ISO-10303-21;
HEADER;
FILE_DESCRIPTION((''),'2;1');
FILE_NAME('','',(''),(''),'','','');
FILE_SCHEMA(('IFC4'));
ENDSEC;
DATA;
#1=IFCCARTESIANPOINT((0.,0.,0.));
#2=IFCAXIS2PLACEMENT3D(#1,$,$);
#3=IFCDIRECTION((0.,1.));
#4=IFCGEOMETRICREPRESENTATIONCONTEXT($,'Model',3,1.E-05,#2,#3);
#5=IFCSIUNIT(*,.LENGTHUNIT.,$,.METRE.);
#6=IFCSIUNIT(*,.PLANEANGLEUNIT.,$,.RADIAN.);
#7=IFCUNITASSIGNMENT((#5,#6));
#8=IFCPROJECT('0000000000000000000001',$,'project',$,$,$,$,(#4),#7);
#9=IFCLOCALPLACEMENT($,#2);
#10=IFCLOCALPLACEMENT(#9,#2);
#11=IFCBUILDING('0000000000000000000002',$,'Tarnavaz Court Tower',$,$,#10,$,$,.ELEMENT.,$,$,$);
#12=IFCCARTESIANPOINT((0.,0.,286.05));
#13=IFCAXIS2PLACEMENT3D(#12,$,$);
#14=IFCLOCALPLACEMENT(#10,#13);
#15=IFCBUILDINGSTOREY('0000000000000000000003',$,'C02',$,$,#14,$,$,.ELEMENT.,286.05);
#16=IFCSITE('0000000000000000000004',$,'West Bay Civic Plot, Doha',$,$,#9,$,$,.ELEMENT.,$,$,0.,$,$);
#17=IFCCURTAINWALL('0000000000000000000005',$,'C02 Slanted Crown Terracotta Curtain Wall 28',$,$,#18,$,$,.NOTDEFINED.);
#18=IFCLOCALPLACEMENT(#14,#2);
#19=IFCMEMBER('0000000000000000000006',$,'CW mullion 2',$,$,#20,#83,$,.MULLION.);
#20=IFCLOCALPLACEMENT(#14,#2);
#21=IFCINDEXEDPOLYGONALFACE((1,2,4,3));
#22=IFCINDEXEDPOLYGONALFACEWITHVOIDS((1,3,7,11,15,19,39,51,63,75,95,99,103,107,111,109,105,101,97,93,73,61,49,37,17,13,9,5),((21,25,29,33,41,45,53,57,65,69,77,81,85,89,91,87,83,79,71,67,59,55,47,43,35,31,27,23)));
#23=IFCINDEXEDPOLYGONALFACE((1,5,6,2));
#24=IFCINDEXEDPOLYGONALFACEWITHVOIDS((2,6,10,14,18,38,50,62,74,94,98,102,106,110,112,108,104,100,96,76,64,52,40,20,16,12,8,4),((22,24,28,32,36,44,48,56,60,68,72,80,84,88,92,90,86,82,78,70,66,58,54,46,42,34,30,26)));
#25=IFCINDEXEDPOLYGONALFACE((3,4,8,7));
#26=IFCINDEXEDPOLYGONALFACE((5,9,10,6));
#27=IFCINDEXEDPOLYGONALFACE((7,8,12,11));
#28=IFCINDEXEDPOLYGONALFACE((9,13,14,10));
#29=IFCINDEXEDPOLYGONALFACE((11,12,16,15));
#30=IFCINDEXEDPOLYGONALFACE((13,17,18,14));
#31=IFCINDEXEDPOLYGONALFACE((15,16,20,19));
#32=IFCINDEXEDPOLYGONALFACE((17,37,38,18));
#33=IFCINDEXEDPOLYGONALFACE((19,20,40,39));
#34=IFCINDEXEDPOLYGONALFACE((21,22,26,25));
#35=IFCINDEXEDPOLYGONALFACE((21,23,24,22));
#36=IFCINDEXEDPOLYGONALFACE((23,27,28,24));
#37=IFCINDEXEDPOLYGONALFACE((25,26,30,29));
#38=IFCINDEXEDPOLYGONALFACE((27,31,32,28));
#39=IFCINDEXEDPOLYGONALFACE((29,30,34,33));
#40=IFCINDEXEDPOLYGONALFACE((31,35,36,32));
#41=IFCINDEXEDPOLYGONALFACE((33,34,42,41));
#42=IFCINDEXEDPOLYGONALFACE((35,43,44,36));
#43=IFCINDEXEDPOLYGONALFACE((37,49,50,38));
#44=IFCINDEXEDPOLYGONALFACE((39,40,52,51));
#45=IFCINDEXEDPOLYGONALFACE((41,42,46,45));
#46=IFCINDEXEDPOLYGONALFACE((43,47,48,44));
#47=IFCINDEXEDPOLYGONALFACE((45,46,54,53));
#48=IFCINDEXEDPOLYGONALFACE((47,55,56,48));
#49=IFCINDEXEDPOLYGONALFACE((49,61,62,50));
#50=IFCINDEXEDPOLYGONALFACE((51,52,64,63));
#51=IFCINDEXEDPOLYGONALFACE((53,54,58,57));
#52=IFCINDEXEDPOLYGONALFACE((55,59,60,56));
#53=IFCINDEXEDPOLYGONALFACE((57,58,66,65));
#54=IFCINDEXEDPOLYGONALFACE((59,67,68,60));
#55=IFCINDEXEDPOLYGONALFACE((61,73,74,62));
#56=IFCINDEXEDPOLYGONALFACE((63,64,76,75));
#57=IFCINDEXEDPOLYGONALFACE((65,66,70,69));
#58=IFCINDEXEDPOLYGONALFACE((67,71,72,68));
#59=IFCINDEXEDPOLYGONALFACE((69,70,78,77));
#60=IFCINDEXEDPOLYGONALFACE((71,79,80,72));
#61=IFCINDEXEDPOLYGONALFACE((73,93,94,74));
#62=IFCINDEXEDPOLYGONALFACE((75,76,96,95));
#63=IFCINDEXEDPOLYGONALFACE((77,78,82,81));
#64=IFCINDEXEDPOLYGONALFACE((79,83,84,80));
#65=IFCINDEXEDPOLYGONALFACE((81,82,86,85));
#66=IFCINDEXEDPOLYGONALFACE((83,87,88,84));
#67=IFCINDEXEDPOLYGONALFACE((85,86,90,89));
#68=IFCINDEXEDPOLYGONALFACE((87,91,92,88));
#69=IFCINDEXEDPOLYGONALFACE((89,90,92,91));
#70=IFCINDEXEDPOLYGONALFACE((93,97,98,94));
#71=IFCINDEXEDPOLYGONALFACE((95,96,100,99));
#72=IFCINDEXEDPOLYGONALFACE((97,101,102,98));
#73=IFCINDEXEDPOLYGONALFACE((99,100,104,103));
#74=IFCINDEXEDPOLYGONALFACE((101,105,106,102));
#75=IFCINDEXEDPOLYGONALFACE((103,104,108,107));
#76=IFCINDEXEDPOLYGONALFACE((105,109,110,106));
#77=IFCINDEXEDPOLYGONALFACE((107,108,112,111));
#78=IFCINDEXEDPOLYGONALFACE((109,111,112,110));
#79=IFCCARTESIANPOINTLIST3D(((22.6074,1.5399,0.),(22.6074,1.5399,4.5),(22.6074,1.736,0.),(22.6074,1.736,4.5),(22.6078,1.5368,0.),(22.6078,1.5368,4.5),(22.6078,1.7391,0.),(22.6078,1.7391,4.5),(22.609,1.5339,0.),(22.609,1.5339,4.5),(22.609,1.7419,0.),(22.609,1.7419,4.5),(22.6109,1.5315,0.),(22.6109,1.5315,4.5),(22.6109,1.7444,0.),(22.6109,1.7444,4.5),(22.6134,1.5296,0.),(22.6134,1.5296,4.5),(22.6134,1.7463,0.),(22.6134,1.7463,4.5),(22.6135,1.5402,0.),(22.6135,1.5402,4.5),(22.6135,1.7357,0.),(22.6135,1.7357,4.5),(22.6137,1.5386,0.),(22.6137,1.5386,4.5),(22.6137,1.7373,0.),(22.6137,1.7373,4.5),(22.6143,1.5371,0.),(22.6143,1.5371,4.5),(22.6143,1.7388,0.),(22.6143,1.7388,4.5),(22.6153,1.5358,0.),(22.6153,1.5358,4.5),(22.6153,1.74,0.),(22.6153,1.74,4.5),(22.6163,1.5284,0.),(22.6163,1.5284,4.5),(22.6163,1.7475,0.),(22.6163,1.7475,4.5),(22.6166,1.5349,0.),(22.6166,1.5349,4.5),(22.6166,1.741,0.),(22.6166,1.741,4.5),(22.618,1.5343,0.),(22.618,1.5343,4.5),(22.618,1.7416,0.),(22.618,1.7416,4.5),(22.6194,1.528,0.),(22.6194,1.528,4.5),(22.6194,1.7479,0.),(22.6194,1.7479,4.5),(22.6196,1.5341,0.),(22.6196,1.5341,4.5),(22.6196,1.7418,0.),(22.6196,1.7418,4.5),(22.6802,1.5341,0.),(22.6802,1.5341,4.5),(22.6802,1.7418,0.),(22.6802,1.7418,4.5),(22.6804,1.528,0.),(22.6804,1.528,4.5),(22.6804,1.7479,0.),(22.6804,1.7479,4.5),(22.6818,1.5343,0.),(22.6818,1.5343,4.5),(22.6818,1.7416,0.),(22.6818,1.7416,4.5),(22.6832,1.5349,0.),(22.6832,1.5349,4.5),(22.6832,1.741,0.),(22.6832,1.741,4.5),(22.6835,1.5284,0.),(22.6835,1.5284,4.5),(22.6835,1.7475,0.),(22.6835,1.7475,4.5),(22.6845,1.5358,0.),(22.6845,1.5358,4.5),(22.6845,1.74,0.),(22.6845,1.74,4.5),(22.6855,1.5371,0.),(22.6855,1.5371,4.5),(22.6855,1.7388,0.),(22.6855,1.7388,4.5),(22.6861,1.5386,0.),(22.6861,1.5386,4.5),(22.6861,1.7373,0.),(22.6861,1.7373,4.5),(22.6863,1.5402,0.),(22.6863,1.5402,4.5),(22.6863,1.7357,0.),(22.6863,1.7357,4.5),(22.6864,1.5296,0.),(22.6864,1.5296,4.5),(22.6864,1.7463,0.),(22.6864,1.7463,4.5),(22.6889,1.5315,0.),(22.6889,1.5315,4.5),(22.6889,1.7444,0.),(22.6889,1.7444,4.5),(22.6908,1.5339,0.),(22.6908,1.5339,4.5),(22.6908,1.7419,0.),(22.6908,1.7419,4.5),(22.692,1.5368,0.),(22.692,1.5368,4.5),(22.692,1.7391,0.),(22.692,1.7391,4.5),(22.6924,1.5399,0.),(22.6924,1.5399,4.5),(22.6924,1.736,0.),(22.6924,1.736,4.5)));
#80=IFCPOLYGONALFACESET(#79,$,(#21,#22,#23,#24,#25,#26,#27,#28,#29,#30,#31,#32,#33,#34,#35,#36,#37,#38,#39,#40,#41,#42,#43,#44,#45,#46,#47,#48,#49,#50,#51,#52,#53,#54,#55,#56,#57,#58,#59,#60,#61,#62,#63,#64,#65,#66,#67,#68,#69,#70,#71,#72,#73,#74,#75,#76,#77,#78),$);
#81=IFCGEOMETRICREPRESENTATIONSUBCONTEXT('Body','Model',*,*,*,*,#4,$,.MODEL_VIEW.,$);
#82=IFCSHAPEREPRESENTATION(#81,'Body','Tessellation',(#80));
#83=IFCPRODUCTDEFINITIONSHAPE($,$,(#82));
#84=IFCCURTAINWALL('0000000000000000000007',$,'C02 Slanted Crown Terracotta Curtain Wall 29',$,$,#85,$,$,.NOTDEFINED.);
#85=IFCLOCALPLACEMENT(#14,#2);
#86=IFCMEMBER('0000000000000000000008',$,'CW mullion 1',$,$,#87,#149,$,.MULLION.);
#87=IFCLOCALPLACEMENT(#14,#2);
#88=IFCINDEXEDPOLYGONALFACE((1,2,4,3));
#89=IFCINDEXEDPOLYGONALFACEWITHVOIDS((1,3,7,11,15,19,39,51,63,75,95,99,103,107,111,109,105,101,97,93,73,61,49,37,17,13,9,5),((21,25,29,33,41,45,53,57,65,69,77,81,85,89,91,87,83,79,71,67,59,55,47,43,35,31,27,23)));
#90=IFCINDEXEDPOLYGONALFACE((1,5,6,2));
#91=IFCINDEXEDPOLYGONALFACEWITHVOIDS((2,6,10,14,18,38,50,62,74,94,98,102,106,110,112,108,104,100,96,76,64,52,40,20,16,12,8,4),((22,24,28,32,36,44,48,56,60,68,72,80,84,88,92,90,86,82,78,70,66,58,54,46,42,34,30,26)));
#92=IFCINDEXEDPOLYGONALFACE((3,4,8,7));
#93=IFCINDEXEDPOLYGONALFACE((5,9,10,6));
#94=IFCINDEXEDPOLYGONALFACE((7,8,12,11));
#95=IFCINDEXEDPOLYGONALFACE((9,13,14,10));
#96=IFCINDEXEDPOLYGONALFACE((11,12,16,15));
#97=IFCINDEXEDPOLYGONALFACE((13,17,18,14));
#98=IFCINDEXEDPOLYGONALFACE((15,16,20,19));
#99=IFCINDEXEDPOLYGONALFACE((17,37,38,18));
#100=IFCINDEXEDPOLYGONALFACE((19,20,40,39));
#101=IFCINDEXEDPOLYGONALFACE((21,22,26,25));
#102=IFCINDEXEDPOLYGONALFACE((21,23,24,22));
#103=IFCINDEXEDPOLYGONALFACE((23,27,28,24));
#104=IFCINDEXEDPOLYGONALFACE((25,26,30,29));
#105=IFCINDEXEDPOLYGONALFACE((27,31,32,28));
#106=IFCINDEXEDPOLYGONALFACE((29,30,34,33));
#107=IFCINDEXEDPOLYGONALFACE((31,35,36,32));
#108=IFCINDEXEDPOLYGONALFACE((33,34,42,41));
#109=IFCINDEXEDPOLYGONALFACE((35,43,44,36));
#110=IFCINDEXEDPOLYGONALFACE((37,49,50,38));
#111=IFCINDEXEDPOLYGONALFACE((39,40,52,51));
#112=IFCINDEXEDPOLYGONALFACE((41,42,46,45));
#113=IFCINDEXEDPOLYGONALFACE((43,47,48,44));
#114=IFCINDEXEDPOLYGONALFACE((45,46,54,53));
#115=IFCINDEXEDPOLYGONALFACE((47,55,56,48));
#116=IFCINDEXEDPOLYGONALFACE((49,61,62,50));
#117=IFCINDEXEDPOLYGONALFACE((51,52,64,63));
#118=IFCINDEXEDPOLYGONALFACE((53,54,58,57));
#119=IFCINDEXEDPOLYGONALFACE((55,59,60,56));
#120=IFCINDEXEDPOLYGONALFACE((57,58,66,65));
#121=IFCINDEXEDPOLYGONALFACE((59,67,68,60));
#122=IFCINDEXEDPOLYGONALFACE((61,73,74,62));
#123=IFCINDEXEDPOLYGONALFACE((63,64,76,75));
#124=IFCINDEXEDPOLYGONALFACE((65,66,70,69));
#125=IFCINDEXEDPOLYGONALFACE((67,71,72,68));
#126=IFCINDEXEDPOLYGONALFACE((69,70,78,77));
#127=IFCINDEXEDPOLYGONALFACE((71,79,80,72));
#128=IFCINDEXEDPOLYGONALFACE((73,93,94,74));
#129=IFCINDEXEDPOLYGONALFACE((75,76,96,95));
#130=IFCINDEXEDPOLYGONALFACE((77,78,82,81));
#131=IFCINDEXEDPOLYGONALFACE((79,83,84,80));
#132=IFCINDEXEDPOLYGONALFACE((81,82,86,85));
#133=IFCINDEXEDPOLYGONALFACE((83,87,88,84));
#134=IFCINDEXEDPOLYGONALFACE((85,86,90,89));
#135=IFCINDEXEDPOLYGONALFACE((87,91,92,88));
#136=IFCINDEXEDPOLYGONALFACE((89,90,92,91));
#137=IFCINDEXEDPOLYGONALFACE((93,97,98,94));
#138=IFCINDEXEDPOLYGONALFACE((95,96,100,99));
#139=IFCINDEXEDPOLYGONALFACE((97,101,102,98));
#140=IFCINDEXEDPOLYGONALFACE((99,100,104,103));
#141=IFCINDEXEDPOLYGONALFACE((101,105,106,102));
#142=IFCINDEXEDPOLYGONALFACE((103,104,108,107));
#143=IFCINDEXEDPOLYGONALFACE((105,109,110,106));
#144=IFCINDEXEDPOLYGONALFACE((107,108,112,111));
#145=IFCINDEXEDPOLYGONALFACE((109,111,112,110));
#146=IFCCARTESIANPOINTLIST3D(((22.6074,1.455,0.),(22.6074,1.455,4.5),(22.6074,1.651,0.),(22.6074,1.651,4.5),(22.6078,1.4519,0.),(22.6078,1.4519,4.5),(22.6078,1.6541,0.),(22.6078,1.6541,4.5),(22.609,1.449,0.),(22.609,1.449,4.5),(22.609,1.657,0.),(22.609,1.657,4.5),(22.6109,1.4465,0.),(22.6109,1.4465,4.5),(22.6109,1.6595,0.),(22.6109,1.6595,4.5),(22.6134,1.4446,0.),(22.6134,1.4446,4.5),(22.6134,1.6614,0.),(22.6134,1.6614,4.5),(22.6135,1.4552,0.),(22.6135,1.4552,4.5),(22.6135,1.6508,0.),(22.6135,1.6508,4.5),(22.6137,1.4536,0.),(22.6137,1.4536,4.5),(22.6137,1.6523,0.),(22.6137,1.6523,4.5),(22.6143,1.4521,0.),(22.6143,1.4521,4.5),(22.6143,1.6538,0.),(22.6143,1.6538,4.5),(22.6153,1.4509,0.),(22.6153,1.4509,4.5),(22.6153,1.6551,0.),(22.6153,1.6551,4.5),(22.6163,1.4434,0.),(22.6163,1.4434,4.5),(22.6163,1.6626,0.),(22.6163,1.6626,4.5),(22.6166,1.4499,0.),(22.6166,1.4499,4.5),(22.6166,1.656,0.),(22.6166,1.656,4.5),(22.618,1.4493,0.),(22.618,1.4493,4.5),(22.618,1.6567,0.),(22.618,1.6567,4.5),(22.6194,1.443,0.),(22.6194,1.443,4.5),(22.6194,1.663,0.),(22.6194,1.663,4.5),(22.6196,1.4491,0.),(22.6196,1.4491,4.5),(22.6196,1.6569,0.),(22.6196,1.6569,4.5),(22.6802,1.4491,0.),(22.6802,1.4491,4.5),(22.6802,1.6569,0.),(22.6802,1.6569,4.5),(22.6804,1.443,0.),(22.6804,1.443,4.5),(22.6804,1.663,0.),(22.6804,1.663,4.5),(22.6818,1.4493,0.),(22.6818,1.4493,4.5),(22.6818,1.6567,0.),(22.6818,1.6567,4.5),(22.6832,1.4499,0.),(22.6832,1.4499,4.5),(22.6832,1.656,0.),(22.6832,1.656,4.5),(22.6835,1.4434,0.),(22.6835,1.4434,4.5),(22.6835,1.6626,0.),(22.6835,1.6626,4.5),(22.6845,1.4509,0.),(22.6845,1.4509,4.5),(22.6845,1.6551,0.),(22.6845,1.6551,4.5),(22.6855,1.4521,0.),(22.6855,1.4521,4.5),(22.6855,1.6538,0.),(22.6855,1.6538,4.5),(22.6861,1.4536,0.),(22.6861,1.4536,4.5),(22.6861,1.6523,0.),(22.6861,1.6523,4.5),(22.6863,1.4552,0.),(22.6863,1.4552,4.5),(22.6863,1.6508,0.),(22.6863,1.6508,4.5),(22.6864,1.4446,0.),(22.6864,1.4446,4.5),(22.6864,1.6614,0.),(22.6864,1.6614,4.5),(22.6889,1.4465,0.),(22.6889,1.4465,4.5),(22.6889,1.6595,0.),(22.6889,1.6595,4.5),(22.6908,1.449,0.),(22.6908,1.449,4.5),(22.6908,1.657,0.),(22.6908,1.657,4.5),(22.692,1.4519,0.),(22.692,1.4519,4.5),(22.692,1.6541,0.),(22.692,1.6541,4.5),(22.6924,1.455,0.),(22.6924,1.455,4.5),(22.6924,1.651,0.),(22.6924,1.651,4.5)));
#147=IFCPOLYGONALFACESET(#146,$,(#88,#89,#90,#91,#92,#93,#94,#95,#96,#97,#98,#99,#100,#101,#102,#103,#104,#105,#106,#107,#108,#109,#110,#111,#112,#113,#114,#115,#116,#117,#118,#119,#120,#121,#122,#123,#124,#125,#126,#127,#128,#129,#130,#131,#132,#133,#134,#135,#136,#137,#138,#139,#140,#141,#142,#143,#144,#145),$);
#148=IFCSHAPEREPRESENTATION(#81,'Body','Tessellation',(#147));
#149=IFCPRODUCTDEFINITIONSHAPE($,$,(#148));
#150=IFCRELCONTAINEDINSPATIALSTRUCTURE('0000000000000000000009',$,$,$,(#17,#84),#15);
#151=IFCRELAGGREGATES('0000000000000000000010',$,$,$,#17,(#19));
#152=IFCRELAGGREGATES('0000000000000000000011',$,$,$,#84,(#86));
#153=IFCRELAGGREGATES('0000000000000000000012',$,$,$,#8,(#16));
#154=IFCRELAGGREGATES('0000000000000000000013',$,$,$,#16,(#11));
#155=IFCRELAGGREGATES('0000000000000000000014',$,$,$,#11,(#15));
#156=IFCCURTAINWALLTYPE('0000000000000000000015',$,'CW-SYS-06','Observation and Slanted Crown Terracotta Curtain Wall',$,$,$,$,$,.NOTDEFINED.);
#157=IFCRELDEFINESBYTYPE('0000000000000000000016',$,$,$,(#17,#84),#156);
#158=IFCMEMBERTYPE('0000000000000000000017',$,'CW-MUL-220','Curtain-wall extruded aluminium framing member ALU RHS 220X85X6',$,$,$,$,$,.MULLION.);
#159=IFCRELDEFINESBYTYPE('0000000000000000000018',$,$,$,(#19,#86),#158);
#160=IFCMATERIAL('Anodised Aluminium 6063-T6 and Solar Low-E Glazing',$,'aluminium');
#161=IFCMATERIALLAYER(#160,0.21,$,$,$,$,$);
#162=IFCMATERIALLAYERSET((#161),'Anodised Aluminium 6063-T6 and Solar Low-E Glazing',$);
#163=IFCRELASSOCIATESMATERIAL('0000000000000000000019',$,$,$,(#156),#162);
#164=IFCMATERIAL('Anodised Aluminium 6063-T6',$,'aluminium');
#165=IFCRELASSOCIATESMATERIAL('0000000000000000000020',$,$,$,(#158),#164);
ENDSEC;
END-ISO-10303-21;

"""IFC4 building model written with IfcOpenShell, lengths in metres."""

from ifc_helpers import new_model, si_unit, direction, frame, origin, origin_2d, place, context, subcontext, project, spatial, hollow_rectangle, extrude, material, layer, layer_set, material_profile, profile_set, type_object, element, aggregate, save


model = new_model("IFC4")

# Units and contexts
model_context = context("Model", 3, precision=1e-05, world=origin(), true_north=direction((0.0, 1.0)))
body_context = subcontext(model_context, "Body", "Model", "MODEL_VIEW")
ifc_project = project(units=[si_unit("LENGTHUNIT", "METRE"), si_unit("PLANEANGLEUNIT", "RADIAN")], contexts=[model_context])

# Site, building, storey
site_placement = place(None, origin())
site = spatial("IfcSite", under=ifc_project, at=site_placement, Name="West Bay Civic Plot, Doha", CompositionType="ELEMENT", RefElevation=0.0)
building_placement = place(site_placement, origin())
building = spatial("IfcBuilding", under=site, at=building_placement, Name="Tarnavaz Court Tower", CompositionType="ELEMENT")
storey_placement = place(building_placement, frame((0.0, 0.0, 286.05)))
storey = spatial("IfcBuildingStorey", under=building, at=storey_placement, Name="C02", CompositionType="ELEMENT", Elevation=286.05)

# Shared definitions
ifc_material_1 = material(Name="Anodised Aluminium 6063-T6 and Solar Low-E Glazing", Category="aluminium")
ifc_layer_1 = layer(ifc_material_1, 0.21)
ifc_layer_set_1 = layer_set([ifc_layer_1], Name="Anodised Aluminium 6063-T6 and Solar Low-E Glazing")
curtain_wall_type = type_object("IfcCurtainWallType", Name="CW-SYS-06", Description="Observation and Slanted Crown Terracotta Curtain Wall", PredefinedType="NOTDEFINED", material=ifc_layer_set_1)
ifc_material_2 = material(Name="Anodised Aluminium 6063-T6", Category="aluminium")
ifc_material_profile_1 = material_profile(ifc_material_2, hollow_rectangle(XDim=0.085, YDim=0.22, WallThickness=0.0061, InnerFilletRadius=0.0061, OuterFilletRadius=0.012, at=origin_2d()), Name="ALU RHS 220X85X6")
ifc_profile_set_1 = profile_set([ifc_material_profile_1], Name="Anodised Aluminium 6063-T6")
member_type_1 = type_object("IfcMemberType", Name="CW-MUL-220", Description="Curtain-wall extruded aluminium framing member ALU RHS 220X85X6", PredefinedType="MULLION", material=ifc_profile_set_1)

# Curtain wall, member
curtain_wall_1_placement = place(storey_placement, origin())
curtain_wall_1 = element("IfcCurtainWall", 1, at=curtain_wall_1_placement, inside=storey, type_object=curtain_wall_type, Name="C02 Slanted Crown Terracotta Curtain Wall 28", PredefinedType="NOTDEFINED")
member_1_placement = place(storey_placement, frame((22.6499, 1.6379, 0.0), z_axis=(0.0, 0.0, 1.0), x_axis=(1.0, 0.0, 0.0)))
member_1 = element("IfcMember", 2, at=member_1_placement, type_object=member_type_1, Name="CW mullion 2", PredefinedType="MULLION", context=body_context, shape_type="SweptSolid", body=[
    extrude(hollow_rectangle(XDim=0.085, YDim=0.22, WallThickness=0.0061, InnerFilletRadius=0.0061, OuterFilletRadius=0.012, at=origin_2d()), origin(), (0.0, 0.0, 1.0), 4.5),
])

# Curtain wall, member
curtain_wall_2_placement = place(storey_placement, origin())
curtain_wall_2 = element("IfcCurtainWall", 3, at=curtain_wall_2_placement, inside=storey, type_object=curtain_wall_type, Name="C02 Slanted Crown Terracotta Curtain Wall 29", PredefinedType="NOTDEFINED")
member_2_placement = place(storey_placement, frame((22.6499, 1.553, 0.0), z_axis=(0.0, 0.0, 1.0), x_axis=(1.0, 0.0, 0.0)))
member_2 = element("IfcMember", 4, at=member_2_placement, type_object=member_type_1, Name="CW mullion 1", PredefinedType="MULLION", context=body_context, shape_type="SweptSolid", body=[
    extrude(hollow_rectangle(XDim=0.085, YDim=0.22, WallThickness=0.0061, InnerFilletRadius=0.0061, OuterFilletRadius=0.012, at=origin_2d()), origin(), (0.0, 0.0, 1.0), 4.5),
])

aggregate(curtain_wall_1, [member_1])
aggregate(curtain_wall_2, [member_2])

save(model, "model.ifc")
